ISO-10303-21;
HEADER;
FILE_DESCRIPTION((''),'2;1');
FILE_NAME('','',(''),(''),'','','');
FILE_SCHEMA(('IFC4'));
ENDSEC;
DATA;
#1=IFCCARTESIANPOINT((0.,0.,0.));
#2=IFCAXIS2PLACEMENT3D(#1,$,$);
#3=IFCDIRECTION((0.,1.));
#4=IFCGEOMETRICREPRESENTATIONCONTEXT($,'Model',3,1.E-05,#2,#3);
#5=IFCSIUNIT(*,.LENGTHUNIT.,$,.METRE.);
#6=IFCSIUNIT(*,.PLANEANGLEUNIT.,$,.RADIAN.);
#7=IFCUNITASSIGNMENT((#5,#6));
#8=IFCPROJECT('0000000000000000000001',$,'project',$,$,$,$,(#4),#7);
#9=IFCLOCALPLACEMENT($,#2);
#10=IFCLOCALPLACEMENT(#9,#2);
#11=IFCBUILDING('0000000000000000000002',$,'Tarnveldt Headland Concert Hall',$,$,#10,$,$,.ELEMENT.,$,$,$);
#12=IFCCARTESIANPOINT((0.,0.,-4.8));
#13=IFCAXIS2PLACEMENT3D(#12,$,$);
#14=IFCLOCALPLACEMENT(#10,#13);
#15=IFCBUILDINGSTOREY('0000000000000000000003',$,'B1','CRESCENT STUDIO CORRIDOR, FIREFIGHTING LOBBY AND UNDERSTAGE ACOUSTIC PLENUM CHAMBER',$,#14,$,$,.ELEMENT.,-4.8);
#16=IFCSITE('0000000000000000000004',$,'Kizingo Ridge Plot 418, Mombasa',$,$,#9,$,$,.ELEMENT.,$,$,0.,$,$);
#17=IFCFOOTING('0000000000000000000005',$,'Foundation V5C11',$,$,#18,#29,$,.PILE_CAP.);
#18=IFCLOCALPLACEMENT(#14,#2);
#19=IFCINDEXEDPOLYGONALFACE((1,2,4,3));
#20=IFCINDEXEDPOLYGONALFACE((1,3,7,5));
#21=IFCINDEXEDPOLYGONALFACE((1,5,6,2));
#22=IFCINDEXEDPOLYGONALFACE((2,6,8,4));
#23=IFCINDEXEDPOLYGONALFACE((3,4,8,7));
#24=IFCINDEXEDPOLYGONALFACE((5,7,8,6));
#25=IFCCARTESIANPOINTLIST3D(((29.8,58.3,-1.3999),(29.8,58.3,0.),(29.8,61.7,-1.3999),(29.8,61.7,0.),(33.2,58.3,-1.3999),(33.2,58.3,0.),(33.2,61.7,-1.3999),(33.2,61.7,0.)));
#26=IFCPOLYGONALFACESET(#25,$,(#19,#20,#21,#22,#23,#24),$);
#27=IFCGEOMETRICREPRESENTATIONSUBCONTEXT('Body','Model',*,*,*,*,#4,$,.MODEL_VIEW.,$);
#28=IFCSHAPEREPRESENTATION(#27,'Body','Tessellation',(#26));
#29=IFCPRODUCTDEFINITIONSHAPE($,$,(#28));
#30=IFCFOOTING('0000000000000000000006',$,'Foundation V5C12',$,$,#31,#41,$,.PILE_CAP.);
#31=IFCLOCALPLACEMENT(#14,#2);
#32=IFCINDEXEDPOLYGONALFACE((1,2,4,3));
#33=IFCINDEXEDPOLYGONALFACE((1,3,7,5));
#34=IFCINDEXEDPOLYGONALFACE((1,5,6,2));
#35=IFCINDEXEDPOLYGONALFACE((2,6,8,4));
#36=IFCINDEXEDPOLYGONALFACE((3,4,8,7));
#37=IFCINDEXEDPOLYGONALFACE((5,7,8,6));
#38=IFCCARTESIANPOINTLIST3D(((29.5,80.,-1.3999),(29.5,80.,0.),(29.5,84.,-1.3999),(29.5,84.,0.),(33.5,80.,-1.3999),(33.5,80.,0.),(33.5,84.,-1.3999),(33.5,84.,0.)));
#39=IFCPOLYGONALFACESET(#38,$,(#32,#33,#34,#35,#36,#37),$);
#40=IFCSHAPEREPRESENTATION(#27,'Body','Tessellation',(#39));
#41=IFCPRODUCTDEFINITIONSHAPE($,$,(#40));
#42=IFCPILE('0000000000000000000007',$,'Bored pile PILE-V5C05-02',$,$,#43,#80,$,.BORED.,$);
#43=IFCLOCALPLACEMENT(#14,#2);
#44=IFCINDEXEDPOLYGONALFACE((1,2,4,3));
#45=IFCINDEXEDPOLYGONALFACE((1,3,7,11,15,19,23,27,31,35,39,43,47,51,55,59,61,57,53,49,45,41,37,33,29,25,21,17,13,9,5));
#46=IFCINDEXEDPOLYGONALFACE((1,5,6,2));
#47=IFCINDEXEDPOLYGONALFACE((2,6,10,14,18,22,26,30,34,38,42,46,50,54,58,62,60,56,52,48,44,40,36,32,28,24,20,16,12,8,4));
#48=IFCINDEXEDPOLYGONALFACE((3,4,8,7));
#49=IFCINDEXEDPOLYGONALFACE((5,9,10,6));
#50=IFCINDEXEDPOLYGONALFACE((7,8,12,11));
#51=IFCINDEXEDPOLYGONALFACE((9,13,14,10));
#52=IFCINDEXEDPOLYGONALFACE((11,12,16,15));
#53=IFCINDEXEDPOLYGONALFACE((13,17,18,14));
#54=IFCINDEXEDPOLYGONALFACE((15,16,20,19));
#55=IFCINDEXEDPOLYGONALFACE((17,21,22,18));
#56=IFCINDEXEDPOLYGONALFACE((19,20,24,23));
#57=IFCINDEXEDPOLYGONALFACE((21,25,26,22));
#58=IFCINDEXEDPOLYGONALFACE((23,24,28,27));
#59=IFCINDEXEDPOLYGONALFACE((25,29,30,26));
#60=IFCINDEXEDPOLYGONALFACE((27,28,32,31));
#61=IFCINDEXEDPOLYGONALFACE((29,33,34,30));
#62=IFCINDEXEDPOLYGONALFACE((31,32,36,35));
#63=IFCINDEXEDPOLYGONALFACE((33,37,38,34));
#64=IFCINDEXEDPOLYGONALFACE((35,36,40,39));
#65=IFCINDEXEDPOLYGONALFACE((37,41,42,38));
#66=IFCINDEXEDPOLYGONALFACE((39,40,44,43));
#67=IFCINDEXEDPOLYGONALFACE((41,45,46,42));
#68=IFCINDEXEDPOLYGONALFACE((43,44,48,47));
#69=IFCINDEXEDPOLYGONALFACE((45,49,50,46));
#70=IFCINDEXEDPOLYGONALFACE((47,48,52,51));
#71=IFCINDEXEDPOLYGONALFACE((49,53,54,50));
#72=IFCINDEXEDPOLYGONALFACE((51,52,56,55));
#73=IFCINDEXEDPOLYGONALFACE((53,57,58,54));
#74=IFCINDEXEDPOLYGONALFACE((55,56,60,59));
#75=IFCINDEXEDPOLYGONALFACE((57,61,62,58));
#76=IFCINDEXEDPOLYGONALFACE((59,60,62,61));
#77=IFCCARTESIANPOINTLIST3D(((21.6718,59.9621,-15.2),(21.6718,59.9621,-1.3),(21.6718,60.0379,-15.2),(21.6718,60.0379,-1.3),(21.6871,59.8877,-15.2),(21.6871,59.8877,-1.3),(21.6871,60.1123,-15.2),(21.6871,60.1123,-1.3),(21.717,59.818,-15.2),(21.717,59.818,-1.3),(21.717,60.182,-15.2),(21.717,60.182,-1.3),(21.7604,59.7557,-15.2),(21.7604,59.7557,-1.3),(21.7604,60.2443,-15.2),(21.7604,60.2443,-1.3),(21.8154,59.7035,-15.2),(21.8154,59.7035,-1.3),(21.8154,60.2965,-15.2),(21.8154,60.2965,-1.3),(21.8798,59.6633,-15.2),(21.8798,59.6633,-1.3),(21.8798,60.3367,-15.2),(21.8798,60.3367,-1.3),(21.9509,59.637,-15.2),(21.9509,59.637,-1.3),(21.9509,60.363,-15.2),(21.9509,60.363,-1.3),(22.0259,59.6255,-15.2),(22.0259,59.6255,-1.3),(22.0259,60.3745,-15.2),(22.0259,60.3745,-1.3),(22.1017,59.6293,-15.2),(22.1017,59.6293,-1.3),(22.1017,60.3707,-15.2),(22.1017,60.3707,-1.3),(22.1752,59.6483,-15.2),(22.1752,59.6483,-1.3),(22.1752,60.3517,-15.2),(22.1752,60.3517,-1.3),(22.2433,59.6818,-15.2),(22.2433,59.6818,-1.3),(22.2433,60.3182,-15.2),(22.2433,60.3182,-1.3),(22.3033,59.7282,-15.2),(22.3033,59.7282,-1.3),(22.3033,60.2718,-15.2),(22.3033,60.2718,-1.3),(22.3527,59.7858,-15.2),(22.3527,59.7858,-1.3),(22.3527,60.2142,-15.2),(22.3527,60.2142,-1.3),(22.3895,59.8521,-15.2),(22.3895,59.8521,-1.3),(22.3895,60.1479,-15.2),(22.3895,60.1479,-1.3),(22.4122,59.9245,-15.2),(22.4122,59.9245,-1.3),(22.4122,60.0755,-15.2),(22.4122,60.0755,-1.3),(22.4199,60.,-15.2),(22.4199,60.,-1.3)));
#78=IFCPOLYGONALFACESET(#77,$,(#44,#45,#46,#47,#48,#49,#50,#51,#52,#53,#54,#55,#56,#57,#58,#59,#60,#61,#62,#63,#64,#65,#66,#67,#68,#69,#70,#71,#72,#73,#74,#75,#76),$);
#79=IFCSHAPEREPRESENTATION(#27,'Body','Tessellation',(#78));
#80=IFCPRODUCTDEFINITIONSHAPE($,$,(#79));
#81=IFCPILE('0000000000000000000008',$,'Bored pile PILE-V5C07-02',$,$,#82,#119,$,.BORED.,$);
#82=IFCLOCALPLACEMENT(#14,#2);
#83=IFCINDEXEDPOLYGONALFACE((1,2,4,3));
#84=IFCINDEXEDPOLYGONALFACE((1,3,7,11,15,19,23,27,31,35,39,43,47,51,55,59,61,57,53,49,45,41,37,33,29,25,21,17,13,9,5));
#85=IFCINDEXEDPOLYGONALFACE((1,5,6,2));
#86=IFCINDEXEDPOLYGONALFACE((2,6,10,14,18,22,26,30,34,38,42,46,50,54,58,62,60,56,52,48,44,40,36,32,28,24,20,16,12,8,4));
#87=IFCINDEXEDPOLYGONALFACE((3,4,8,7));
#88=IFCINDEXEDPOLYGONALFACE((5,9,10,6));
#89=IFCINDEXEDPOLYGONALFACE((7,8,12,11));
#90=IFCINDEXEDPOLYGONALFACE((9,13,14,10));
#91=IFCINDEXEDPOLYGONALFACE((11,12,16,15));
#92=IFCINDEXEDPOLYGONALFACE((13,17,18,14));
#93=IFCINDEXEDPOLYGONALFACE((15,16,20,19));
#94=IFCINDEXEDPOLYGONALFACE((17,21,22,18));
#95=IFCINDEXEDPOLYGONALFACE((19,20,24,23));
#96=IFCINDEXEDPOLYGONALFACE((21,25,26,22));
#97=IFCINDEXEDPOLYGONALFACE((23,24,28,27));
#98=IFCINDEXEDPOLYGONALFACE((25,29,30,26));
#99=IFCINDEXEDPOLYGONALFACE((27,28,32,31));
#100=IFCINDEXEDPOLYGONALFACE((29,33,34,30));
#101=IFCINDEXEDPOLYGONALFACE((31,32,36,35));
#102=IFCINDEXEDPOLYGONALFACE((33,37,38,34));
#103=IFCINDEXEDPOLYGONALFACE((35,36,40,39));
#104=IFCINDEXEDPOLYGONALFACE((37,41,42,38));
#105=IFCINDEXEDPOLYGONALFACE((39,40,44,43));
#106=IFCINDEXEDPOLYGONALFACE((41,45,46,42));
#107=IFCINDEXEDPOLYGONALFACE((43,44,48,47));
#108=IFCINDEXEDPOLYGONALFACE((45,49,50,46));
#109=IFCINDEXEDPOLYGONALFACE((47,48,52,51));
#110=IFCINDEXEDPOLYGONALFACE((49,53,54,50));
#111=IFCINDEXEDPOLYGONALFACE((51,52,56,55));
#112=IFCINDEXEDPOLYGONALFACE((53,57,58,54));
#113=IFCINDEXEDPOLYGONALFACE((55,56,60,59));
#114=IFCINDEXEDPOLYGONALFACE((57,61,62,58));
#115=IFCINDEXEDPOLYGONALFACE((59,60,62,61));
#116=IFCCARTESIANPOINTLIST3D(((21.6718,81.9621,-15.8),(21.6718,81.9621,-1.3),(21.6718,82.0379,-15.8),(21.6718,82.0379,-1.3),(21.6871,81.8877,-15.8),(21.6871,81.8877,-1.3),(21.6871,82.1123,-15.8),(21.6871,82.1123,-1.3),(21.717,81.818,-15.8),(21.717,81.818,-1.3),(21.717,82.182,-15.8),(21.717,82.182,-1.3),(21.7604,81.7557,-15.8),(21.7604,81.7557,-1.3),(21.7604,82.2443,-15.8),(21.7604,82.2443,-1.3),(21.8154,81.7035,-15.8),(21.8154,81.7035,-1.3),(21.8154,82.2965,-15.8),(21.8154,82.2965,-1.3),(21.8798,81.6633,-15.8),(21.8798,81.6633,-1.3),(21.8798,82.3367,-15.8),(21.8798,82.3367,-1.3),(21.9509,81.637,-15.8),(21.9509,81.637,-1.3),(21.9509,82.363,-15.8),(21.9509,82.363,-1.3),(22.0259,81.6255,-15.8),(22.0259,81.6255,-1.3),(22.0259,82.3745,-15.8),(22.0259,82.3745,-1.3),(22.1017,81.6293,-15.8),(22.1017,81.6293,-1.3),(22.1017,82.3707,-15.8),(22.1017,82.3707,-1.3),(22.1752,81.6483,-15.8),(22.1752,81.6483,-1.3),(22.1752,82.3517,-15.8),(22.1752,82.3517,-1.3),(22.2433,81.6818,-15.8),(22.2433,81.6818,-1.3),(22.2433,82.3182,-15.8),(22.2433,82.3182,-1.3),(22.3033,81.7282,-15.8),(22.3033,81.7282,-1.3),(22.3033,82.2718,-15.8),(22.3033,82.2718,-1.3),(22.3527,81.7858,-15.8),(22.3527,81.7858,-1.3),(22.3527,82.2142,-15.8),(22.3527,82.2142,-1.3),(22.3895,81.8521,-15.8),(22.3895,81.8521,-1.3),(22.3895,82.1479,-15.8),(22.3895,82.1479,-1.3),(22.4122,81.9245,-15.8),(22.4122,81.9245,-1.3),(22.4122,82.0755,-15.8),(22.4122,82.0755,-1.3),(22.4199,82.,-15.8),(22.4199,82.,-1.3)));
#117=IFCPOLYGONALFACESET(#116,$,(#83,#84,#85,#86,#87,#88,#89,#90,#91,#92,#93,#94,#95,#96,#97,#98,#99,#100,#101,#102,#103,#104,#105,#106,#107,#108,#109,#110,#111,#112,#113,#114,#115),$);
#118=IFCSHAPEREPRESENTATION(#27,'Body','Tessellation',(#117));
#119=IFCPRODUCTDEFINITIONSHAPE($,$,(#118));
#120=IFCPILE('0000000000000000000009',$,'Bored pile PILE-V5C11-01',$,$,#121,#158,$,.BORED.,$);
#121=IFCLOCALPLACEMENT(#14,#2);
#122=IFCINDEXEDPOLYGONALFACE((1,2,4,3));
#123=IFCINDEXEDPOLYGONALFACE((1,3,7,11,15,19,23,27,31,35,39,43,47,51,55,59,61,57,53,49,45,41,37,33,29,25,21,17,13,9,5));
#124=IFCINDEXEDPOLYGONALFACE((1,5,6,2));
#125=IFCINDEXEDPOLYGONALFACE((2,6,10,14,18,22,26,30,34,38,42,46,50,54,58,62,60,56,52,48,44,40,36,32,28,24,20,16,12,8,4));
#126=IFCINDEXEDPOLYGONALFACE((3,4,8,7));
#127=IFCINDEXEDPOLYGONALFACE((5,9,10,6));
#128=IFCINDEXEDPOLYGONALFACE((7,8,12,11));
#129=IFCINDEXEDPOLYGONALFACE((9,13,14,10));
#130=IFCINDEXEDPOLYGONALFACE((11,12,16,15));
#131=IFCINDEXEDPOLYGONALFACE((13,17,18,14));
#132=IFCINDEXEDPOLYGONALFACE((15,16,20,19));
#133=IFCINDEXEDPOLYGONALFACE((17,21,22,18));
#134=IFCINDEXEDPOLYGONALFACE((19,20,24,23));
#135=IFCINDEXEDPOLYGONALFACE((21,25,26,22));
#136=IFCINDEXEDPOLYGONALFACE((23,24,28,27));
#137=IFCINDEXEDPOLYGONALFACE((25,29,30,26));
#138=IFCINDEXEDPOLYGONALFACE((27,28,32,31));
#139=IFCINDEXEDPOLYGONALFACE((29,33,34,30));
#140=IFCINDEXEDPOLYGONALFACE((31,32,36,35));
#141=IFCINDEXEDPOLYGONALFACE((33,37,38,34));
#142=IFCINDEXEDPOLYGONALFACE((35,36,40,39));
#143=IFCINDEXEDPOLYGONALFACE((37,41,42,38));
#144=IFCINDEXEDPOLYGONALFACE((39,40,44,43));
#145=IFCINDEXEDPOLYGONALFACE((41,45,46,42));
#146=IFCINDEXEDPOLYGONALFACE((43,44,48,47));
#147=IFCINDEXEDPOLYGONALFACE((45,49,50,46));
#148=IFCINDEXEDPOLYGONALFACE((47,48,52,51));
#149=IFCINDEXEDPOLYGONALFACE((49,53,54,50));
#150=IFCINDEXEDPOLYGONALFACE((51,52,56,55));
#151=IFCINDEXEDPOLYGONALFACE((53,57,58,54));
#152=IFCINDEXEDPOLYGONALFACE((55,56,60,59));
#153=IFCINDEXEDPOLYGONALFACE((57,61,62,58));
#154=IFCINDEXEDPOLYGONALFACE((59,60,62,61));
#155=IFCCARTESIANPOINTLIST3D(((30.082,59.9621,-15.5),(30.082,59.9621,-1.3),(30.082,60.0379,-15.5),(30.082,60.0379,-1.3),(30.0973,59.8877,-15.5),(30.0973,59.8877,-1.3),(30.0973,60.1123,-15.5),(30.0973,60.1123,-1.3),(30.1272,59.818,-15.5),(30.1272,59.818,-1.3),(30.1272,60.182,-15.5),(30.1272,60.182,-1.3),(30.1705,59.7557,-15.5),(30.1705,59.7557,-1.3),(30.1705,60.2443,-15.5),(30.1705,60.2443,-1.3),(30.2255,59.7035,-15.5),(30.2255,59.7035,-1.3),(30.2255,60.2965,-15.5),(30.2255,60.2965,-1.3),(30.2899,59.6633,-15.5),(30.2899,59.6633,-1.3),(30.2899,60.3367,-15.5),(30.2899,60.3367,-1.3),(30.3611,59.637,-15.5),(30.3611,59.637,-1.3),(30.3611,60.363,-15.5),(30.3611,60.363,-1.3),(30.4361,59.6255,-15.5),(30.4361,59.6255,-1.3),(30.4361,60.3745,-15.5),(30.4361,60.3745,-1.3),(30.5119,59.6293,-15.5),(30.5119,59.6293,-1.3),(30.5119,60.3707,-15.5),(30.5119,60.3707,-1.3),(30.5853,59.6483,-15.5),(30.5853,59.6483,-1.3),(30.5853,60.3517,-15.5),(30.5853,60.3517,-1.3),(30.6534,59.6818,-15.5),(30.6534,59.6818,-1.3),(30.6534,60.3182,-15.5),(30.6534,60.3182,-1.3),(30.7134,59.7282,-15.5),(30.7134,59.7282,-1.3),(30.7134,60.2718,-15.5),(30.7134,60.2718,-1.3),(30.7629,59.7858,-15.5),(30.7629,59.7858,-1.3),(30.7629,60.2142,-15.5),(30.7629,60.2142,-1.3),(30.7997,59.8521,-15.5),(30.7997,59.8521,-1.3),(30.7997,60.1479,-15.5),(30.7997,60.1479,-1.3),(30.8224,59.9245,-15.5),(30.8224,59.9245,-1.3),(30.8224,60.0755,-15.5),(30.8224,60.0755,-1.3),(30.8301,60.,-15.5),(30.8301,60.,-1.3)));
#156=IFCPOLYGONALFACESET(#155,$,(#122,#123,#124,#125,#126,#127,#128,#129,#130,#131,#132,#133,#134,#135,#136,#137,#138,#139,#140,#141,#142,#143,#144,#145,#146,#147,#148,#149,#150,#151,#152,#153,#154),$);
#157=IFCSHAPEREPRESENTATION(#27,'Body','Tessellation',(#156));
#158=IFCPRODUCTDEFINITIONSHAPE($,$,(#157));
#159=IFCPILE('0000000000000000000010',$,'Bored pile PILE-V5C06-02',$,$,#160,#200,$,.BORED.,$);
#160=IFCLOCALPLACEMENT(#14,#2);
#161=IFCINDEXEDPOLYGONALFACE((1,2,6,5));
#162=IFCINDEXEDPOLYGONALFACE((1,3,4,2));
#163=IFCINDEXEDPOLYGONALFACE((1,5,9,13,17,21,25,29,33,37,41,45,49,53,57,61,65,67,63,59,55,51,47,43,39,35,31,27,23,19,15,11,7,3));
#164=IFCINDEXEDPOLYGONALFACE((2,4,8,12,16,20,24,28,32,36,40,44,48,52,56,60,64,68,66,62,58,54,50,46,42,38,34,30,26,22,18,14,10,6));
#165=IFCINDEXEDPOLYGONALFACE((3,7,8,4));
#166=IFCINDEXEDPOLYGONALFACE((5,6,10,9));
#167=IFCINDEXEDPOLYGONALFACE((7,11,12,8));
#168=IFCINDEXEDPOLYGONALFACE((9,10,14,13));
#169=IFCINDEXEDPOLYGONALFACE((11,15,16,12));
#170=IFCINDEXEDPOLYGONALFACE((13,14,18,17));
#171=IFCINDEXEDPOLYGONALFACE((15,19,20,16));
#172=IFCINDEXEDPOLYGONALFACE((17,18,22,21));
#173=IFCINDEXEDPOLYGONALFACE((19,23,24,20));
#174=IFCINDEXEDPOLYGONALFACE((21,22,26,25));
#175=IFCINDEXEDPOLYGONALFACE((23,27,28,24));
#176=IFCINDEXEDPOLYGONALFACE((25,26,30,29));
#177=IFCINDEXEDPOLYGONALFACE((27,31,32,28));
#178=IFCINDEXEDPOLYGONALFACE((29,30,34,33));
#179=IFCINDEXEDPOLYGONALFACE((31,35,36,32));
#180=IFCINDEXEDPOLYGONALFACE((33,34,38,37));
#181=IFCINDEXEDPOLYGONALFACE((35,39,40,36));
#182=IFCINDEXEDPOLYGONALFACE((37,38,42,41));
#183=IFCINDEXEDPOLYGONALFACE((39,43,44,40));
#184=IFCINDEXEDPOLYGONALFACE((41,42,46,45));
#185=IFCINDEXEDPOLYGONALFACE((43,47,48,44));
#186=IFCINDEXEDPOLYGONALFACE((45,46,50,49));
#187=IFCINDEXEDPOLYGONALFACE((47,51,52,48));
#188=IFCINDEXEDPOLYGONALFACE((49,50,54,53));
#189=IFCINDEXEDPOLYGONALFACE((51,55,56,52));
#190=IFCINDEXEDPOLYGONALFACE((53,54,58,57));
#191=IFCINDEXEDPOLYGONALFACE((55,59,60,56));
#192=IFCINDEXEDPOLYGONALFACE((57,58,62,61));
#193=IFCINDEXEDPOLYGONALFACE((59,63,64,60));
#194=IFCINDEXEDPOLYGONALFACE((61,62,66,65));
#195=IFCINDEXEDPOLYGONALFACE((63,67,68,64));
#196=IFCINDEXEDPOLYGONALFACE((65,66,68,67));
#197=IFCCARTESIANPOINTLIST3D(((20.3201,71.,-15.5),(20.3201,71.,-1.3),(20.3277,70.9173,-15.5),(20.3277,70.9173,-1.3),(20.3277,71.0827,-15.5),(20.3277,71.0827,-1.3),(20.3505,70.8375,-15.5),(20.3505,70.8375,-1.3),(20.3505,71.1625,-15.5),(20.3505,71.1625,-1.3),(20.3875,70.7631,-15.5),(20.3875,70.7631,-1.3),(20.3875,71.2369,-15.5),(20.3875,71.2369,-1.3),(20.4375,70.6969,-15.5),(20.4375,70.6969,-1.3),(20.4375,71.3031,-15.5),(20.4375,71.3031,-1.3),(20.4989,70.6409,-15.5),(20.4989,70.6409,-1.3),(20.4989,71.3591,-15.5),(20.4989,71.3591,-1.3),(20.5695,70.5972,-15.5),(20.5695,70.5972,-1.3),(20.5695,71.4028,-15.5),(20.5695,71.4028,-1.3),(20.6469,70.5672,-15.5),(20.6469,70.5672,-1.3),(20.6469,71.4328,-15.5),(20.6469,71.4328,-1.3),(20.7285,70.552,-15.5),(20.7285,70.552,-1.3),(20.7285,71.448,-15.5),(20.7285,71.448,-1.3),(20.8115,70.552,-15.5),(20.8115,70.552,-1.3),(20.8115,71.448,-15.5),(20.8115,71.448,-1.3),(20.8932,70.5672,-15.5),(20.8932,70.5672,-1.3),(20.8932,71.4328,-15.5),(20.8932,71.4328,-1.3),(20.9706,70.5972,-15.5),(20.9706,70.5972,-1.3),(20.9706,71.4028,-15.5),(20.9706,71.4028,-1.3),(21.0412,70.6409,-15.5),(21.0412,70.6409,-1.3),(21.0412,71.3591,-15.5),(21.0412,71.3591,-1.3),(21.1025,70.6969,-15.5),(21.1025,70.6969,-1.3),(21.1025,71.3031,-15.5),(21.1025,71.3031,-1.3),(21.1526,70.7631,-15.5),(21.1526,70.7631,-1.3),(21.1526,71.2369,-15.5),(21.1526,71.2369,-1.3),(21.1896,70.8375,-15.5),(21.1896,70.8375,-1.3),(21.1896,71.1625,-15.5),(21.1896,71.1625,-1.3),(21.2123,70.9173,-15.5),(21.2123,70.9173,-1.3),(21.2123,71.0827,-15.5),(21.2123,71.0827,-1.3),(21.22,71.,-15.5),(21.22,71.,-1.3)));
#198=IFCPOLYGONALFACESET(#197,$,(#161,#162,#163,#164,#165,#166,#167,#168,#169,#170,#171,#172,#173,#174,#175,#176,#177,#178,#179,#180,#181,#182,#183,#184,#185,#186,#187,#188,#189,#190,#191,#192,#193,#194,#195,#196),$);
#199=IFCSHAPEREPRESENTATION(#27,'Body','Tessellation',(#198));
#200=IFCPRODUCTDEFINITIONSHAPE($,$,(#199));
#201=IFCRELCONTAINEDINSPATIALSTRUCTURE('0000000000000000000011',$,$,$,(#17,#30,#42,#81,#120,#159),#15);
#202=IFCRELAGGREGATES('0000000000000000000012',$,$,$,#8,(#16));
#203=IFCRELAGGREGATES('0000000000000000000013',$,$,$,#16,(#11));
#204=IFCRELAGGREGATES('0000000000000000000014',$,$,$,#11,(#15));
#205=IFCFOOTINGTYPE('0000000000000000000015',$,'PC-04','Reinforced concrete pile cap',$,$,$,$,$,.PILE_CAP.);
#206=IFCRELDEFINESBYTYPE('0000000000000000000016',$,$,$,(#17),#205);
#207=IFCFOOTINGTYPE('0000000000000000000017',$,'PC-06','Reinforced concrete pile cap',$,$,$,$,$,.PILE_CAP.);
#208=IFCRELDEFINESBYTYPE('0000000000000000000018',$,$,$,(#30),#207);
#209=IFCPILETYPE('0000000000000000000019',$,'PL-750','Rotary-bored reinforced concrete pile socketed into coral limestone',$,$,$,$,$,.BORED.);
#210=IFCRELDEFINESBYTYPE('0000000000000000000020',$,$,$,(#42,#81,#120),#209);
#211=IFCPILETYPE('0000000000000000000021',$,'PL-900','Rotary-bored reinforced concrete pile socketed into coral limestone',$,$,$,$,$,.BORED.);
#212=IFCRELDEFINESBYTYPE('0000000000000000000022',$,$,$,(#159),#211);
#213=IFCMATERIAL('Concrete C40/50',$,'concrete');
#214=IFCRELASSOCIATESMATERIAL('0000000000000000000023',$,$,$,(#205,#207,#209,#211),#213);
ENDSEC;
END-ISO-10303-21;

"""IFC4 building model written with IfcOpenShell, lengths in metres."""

from ifc_helpers import new_model, si_unit, direction, frame, origin, origin_2d, place, context, subcontext, project, spatial, rectangle, circle, extrude, material, material_profile, profile_set, type_object, element, save


model = new_model("IFC4")

# Units and contexts
model_context = context("Model", 3, precision=1e-05, world=origin(), true_north=direction((0.0, 1.0)))
body_context = subcontext(model_context, "Body", "Model", "MODEL_VIEW")
ifc_project = project(units=[si_unit("LENGTHUNIT", "METRE"), si_unit("PLANEANGLEUNIT", "RADIAN")], contexts=[model_context])

# Site, building, storey
site_placement = place(None, origin())
site = spatial("IfcSite", under=ifc_project, at=site_placement, Name="Kizingo Ridge Plot 418, Mombasa", CompositionType="ELEMENT", RefElevation=0.0)
building_placement = place(site_placement, origin())
building = spatial("IfcBuilding", under=site, at=building_placement, Name="Tarnveldt Headland Concert Hall", CompositionType="ELEMENT")
storey_placement = place(building_placement, frame((0.0, 0.0, -4.8)))
storey = spatial("IfcBuildingStorey", under=building, at=storey_placement, Name="B1", Description="CRESCENT STUDIO CORRIDOR, FIREFIGHTING LOBBY AND UNDERSTAGE ACOUSTIC PLENUM CHAMBER", CompositionType="ELEMENT", Elevation=-4.8)

# Footings
ifc_material_1 = material(Name="Concrete C40/50", Category="concrete")
footing_type_1 = type_object("IfcFootingType", Name="PC-04", Description="Reinforced concrete pile cap", PredefinedType="PILE_CAP", material=ifc_material_1)
footing_1_placement = place(storey_placement, frame((31.5, 60.0, -1.3999), z_axis=(0.0, 0.0, 1.0), x_axis=(1.0, 0.0, 0.0)))
element("IfcFooting", 1, at=footing_1_placement, inside=storey, type_object=footing_type_1, Name="Foundation V5C11", PredefinedType="PILE_CAP", context=body_context, shape_type="SweptSolid", body=[
    extrude(rectangle(XDim=3.3999, YDim=3.3999, at=origin_2d()), origin(), (0.0, 0.0, 1.0), 1.3999),
])
footing_type_2 = type_object("IfcFootingType", Name="PC-06", Description="Reinforced concrete pile cap", PredefinedType="PILE_CAP", material=ifc_material_1)
footing_2_placement = place(storey_placement, frame((31.5, 82.0, -1.3999), z_axis=(0.0, 0.0, 1.0), x_axis=(1.0, 0.0, 0.0)))
element("IfcFooting", 2, at=footing_2_placement, inside=storey, type_object=footing_type_2, Name="Foundation V5C12", PredefinedType="PILE_CAP", context=body_context, shape_type="SweptSolid", body=[
    extrude(rectangle(XDim=4.0, YDim=4.0, at=origin_2d()), origin(), (0.0, 0.0, 1.0), 1.3999),
])

# Piles
ifc_material_profile_1 = material_profile(ifc_material_1, circle(Radius=0.375, at=origin_2d()), Name="BORED PILE D750", Category="concrete")
ifc_profile_set_1 = profile_set([ifc_material_profile_1], Name="Concrete C40/50")
pile_type_1 = type_object("IfcPileType", Name="PL-750", Description="Rotary-bored reinforced concrete pile socketed into coral limestone", PredefinedType="BORED", material=ifc_profile_set_1)
pile_1_placement = place(storey_placement, frame((22.0449, 60.0, -1.3), z_axis=(0.0, 0.0, -1.0), x_axis=(1.0, 0.0, 0.0)))
element("IfcPile", 3, at=pile_1_placement, inside=storey, type_object=pile_type_1, Name="Bored pile PILE-V5C05-02", PredefinedType="BORED", context=body_context, shape_type="SweptSolid", body=[
    extrude(circle(Radius=0.375, at=origin_2d()), origin(), (0.0, 0.0, 1.0), 13.8999),
])
pile_2_placement = place(storey_placement, frame((22.0449, 82.0, -1.3), z_axis=(0.0, 0.0, -1.0), x_axis=(1.0, 0.0, 0.0)))
element("IfcPile", 4, at=pile_2_placement, inside=storey, type_object=pile_type_1, Name="Bored pile PILE-V5C07-02", PredefinedType="BORED", context=body_context, shape_type="SweptSolid", body=[
    extrude(circle(Radius=0.375, at=origin_2d()), origin(), (0.0, 0.0, 1.0), 14.5),
])
pile_3_placement = place(storey_placement, frame((30.4551, 60.0, -1.3), z_axis=(0.0, 0.0, -1.0), x_axis=(1.0, 0.0, 0.0)))
element("IfcPile", 5, at=pile_3_placement, inside=storey, type_object=pile_type_1, Name="Bored pile PILE-V5C11-01", PredefinedType="BORED", context=body_context, shape_type="SweptSolid", body=[
    extrude(circle(Radius=0.375, at=origin_2d()), origin(), (0.0, 0.0, 1.0), 14.2),
])
ifc_material_profile_2 = material_profile(ifc_material_1, circle(Radius=0.45, at=origin_2d()), Name="BORED PILE D900", Category="concrete")
ifc_profile_set_2 = profile_set([ifc_material_profile_2], Name="Concrete C40/50")
pile_type_2 = type_object("IfcPileType", Name="PL-900", Description="Rotary-bored reinforced concrete pile socketed into coral limestone", PredefinedType="BORED", material=ifc_profile_set_2)
pile_4_placement = place(storey_placement, frame((20.77, 71.0, -1.3), z_axis=(0.0, 0.0, -1.0), x_axis=(1.0, 0.0, 0.0)))
element("IfcPile", 6, at=pile_4_placement, inside=storey, type_object=pile_type_2, Name="Bored pile PILE-V5C06-02", PredefinedType="BORED", context=body_context, shape_type="SweptSolid", body=[
    extrude(circle(Radius=0.45, at=origin_2d()), origin(), (0.0, 0.0, 1.0), 14.2),
])

save(model, "model.ifc")
